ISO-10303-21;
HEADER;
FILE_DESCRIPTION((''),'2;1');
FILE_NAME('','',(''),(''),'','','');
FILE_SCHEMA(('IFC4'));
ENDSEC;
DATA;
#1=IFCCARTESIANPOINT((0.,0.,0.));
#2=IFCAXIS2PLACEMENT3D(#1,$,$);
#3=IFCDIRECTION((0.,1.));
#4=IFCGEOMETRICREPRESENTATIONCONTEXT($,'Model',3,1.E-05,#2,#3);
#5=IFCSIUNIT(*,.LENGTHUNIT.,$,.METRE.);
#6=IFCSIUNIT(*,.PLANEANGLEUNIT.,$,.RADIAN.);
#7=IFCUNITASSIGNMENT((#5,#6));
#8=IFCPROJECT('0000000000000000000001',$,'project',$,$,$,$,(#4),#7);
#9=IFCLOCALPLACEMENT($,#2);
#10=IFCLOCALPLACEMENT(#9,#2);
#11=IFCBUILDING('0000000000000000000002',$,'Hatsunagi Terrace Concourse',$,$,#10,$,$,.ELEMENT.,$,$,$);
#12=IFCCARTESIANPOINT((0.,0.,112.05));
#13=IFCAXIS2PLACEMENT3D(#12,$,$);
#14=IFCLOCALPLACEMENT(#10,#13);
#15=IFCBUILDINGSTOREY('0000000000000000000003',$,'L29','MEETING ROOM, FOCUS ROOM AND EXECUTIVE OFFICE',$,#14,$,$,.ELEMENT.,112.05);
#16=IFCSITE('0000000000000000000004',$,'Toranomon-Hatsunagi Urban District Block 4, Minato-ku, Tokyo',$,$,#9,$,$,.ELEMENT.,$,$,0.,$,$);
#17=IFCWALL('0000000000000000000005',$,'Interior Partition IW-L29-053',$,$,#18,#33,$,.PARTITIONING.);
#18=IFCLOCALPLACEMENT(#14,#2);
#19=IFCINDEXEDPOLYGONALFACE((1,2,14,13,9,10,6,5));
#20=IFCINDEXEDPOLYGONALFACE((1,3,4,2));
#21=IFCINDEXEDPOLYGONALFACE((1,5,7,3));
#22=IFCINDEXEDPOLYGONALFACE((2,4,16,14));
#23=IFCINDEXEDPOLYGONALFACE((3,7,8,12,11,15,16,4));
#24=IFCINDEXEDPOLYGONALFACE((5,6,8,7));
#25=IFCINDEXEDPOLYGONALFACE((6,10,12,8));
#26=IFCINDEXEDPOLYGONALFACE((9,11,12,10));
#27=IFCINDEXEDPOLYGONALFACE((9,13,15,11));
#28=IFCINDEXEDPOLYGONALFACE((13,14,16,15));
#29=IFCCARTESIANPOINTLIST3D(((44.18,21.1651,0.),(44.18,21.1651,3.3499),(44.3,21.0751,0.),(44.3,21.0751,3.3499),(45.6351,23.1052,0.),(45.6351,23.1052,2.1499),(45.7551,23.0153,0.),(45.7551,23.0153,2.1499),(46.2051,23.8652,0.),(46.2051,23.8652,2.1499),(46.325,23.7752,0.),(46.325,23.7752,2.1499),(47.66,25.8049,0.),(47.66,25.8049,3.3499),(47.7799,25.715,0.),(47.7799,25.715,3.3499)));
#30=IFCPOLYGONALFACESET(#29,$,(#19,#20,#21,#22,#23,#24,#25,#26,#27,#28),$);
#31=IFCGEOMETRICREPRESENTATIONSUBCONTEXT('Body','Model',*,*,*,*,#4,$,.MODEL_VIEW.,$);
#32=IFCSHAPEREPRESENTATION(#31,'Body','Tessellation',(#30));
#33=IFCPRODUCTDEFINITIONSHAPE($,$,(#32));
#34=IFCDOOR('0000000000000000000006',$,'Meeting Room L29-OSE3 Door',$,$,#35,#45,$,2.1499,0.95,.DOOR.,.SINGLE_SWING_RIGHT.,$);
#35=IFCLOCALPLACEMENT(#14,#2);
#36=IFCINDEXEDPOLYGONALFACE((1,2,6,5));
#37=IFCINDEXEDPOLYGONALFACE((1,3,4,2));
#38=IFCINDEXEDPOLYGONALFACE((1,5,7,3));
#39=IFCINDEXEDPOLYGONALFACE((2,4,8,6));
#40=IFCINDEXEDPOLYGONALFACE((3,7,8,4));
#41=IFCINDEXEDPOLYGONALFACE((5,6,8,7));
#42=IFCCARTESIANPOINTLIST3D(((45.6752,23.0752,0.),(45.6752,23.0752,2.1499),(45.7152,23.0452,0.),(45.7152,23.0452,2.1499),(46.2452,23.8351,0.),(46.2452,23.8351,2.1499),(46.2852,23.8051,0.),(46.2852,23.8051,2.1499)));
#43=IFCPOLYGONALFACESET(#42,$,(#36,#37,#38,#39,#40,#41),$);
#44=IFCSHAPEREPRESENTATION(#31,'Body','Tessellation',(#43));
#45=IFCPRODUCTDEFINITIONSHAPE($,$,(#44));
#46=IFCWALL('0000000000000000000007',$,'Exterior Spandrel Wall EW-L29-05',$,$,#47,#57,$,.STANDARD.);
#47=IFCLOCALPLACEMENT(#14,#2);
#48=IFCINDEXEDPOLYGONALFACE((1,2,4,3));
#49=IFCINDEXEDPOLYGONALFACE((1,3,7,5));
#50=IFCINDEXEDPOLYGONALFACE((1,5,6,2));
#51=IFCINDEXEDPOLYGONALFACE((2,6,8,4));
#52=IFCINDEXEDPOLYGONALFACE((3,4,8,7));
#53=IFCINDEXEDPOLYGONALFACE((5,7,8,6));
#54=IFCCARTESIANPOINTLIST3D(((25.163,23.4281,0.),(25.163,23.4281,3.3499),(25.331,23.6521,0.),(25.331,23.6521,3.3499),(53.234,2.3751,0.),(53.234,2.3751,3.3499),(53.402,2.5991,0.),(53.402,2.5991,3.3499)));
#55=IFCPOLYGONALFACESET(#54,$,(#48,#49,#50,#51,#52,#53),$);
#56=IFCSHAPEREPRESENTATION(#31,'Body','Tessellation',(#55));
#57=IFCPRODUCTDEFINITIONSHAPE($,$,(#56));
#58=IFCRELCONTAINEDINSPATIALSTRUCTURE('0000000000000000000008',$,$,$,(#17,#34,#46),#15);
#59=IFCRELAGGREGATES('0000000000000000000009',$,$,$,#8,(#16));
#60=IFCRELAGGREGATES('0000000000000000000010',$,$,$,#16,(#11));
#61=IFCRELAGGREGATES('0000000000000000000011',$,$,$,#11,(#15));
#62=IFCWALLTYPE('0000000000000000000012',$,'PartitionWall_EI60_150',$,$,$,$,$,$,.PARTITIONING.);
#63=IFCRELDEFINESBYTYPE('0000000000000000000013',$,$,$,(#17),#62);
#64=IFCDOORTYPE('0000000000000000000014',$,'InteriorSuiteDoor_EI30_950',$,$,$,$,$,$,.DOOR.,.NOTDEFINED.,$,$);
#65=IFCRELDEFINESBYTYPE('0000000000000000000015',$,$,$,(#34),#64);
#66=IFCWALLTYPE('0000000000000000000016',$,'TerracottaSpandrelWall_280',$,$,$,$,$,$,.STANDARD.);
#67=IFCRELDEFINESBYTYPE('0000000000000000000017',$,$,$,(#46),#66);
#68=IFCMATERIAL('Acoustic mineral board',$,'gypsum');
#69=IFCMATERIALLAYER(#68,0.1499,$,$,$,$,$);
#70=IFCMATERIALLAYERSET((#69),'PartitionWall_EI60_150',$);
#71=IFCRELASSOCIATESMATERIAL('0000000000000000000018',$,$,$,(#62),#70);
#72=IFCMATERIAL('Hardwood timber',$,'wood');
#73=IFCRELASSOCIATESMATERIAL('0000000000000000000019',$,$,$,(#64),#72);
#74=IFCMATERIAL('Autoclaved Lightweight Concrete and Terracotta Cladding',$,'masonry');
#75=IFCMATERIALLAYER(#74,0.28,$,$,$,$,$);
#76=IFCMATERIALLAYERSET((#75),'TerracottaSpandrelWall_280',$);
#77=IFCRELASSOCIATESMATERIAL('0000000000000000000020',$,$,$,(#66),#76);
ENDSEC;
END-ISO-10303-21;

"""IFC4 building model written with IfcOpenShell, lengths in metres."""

from ifc_helpers import new_model, si_unit, direction, frame, frame_2d, origin, place, context, subcontext, project, spatial, rectangle, extrude, material, layer, layer_set, type_object, element, fill, save


model = new_model("IFC4")

# Units and contexts
model_context = context("Model", 3, precision=1e-05, world=origin(), true_north=direction((0.0, 1.0)))
body_context = subcontext(model_context, "Body", "Model", "MODEL_VIEW")
ifc_project = project(units=[si_unit("LENGTHUNIT", "METRE"), si_unit("PLANEANGLEUNIT", "RADIAN")], contexts=[model_context])

# Site, building, storey
site_placement = place(None, origin())
site = spatial("IfcSite", under=ifc_project, at=site_placement, Name="Toranomon-Hatsunagi Urban District Block 4, Minato-ku, Tokyo", CompositionType="ELEMENT", RefElevation=0.0)
building_placement = place(site_placement, origin())
building = spatial("IfcBuilding", under=site, at=building_placement, Name="Hatsunagi Terrace Concourse", CompositionType="ELEMENT")
storey_placement = place(building_placement, frame((0.0, 0.0, 112.05)))
storey = spatial("IfcBuildingStorey", under=building, at=storey_placement, Name="L29", Description="MEETING ROOM, FOCUS ROOM AND EXECUTIVE OFFICE", CompositionType="ELEMENT", Elevation=112.05)

# Shared definitions
ifc_material_1 = material(Name="Acoustic mineral board", Category="gypsum")
ifc_layer_1 = layer(ifc_material_1, 0.1499)
ifc_layer_set_1 = layer_set([ifc_layer_1], Name="PartitionWall_EI60_150")
wall_type_1 = type_object("IfcWallType", Name="PartitionWall_EI60_150", PredefinedType="PARTITIONING", material=ifc_layer_set_1)

# Wall, opening, door
wall_1_placement = place(storey_placement, frame((44.24, 21.1201, 0.0), z_axis=(0.0, 0.0, 1.0), x_axis=(0.600007, 0.799995, 0.0)))
wall_1 = element("IfcWall", 1, at=wall_1_placement, inside=storey, type_object=wall_type_1, Name="Interior Partition IW-L29-053", PredefinedType="PARTITIONING", context=body_context, shape_type="SweptSolid", body=[
    extrude(rectangle(XDim=5.7998, YDim=0.1499, at=frame_2d((2.8999, 0.0))), origin(), (0.0, 0.0, 1.0), 3.3499),
])
opening_1_placement = place(wall_1_placement, frame((2.425, 0.0, 0.0)))
opening_1 = element("IfcOpeningElement", 2, at=opening_1_placement, cuts=wall_1, PredefinedType="OPENING", context=body_context, shape_type="SweptSolid", body=[
    extrude(rectangle(XDim=0.95, YDim=2.1499, at=frame_2d((0.4751, 1.075))), frame((0.0, 0.085, 0.0), z_axis=(0.0, -1.0, 0.0), x_axis=(1.0, 0.0, 0.0)), (0.0, 0.0, 1.0), 0.1699),
])
ifc_material_2 = material(Name="Hardwood timber", Category="wood")
door_type_1 = type_object("IfcDoorType", Name="InteriorSuiteDoor_EI30_950", OperationType="NOTDEFINED", PredefinedType="DOOR", material=ifc_material_2)
door_1_placement = place(opening_1_placement, origin())
door_1 = element("IfcDoor", 3, at=door_1_placement, inside=storey, type_object=door_type_1, Name="Meeting Room L29-OSE3 Door", OperationType="SINGLE_SWING_RIGHT", OverallHeight=2.1499, OverallWidth=0.95, PredefinedType="DOOR", context=body_context, shape_type="SweptSolid", body=[
    extrude(rectangle(XDim=0.95, YDim=2.1499, at=frame_2d((0.4751, 1.075))), frame((0.0, 0.0249, 0.0), z_axis=(0.0, -1.0, 0.0), x_axis=(1.0, 0.0, 0.0)), (0.0, 0.0, 1.0), 0.05),
])
fill(opening_1, door_1)

# Wall
ifc_material_3 = material(Name="Autoclaved Lightweight Concrete and Terracotta Cladding", Category="masonry")
ifc_layer_2 = layer(ifc_material_3, 0.28)
ifc_layer_set_2 = layer_set([ifc_layer_2], Name="TerracottaSpandrelWall_280")
wall_type_2 = type_object("IfcWallType", Name="TerracottaSpandrelWall_280", PredefinedType="STANDARD", material=ifc_layer_set_2)
wall_2_placement = place(storey_placement, frame((53.3181, 2.4871, 0.0), z_axis=(0.0, 0.0, 1.0), x_axis=(-0.800004, 0.599994, 0.0)))
element("IfcWall", 4, at=wall_2_placement, inside=storey, type_object=wall_type_2, Name="Exterior Spandrel Wall EW-L29-05", PredefinedType="STANDARD", context=body_context, shape_type="SweptSolid", body=[
    extrude(rectangle(XDim=35.0886, YDim=0.28, at=frame_2d((17.5444, 0.0))), origin(), (0.0, 0.0, 1.0), 3.3499),
])

save(model, "model.ifc")
